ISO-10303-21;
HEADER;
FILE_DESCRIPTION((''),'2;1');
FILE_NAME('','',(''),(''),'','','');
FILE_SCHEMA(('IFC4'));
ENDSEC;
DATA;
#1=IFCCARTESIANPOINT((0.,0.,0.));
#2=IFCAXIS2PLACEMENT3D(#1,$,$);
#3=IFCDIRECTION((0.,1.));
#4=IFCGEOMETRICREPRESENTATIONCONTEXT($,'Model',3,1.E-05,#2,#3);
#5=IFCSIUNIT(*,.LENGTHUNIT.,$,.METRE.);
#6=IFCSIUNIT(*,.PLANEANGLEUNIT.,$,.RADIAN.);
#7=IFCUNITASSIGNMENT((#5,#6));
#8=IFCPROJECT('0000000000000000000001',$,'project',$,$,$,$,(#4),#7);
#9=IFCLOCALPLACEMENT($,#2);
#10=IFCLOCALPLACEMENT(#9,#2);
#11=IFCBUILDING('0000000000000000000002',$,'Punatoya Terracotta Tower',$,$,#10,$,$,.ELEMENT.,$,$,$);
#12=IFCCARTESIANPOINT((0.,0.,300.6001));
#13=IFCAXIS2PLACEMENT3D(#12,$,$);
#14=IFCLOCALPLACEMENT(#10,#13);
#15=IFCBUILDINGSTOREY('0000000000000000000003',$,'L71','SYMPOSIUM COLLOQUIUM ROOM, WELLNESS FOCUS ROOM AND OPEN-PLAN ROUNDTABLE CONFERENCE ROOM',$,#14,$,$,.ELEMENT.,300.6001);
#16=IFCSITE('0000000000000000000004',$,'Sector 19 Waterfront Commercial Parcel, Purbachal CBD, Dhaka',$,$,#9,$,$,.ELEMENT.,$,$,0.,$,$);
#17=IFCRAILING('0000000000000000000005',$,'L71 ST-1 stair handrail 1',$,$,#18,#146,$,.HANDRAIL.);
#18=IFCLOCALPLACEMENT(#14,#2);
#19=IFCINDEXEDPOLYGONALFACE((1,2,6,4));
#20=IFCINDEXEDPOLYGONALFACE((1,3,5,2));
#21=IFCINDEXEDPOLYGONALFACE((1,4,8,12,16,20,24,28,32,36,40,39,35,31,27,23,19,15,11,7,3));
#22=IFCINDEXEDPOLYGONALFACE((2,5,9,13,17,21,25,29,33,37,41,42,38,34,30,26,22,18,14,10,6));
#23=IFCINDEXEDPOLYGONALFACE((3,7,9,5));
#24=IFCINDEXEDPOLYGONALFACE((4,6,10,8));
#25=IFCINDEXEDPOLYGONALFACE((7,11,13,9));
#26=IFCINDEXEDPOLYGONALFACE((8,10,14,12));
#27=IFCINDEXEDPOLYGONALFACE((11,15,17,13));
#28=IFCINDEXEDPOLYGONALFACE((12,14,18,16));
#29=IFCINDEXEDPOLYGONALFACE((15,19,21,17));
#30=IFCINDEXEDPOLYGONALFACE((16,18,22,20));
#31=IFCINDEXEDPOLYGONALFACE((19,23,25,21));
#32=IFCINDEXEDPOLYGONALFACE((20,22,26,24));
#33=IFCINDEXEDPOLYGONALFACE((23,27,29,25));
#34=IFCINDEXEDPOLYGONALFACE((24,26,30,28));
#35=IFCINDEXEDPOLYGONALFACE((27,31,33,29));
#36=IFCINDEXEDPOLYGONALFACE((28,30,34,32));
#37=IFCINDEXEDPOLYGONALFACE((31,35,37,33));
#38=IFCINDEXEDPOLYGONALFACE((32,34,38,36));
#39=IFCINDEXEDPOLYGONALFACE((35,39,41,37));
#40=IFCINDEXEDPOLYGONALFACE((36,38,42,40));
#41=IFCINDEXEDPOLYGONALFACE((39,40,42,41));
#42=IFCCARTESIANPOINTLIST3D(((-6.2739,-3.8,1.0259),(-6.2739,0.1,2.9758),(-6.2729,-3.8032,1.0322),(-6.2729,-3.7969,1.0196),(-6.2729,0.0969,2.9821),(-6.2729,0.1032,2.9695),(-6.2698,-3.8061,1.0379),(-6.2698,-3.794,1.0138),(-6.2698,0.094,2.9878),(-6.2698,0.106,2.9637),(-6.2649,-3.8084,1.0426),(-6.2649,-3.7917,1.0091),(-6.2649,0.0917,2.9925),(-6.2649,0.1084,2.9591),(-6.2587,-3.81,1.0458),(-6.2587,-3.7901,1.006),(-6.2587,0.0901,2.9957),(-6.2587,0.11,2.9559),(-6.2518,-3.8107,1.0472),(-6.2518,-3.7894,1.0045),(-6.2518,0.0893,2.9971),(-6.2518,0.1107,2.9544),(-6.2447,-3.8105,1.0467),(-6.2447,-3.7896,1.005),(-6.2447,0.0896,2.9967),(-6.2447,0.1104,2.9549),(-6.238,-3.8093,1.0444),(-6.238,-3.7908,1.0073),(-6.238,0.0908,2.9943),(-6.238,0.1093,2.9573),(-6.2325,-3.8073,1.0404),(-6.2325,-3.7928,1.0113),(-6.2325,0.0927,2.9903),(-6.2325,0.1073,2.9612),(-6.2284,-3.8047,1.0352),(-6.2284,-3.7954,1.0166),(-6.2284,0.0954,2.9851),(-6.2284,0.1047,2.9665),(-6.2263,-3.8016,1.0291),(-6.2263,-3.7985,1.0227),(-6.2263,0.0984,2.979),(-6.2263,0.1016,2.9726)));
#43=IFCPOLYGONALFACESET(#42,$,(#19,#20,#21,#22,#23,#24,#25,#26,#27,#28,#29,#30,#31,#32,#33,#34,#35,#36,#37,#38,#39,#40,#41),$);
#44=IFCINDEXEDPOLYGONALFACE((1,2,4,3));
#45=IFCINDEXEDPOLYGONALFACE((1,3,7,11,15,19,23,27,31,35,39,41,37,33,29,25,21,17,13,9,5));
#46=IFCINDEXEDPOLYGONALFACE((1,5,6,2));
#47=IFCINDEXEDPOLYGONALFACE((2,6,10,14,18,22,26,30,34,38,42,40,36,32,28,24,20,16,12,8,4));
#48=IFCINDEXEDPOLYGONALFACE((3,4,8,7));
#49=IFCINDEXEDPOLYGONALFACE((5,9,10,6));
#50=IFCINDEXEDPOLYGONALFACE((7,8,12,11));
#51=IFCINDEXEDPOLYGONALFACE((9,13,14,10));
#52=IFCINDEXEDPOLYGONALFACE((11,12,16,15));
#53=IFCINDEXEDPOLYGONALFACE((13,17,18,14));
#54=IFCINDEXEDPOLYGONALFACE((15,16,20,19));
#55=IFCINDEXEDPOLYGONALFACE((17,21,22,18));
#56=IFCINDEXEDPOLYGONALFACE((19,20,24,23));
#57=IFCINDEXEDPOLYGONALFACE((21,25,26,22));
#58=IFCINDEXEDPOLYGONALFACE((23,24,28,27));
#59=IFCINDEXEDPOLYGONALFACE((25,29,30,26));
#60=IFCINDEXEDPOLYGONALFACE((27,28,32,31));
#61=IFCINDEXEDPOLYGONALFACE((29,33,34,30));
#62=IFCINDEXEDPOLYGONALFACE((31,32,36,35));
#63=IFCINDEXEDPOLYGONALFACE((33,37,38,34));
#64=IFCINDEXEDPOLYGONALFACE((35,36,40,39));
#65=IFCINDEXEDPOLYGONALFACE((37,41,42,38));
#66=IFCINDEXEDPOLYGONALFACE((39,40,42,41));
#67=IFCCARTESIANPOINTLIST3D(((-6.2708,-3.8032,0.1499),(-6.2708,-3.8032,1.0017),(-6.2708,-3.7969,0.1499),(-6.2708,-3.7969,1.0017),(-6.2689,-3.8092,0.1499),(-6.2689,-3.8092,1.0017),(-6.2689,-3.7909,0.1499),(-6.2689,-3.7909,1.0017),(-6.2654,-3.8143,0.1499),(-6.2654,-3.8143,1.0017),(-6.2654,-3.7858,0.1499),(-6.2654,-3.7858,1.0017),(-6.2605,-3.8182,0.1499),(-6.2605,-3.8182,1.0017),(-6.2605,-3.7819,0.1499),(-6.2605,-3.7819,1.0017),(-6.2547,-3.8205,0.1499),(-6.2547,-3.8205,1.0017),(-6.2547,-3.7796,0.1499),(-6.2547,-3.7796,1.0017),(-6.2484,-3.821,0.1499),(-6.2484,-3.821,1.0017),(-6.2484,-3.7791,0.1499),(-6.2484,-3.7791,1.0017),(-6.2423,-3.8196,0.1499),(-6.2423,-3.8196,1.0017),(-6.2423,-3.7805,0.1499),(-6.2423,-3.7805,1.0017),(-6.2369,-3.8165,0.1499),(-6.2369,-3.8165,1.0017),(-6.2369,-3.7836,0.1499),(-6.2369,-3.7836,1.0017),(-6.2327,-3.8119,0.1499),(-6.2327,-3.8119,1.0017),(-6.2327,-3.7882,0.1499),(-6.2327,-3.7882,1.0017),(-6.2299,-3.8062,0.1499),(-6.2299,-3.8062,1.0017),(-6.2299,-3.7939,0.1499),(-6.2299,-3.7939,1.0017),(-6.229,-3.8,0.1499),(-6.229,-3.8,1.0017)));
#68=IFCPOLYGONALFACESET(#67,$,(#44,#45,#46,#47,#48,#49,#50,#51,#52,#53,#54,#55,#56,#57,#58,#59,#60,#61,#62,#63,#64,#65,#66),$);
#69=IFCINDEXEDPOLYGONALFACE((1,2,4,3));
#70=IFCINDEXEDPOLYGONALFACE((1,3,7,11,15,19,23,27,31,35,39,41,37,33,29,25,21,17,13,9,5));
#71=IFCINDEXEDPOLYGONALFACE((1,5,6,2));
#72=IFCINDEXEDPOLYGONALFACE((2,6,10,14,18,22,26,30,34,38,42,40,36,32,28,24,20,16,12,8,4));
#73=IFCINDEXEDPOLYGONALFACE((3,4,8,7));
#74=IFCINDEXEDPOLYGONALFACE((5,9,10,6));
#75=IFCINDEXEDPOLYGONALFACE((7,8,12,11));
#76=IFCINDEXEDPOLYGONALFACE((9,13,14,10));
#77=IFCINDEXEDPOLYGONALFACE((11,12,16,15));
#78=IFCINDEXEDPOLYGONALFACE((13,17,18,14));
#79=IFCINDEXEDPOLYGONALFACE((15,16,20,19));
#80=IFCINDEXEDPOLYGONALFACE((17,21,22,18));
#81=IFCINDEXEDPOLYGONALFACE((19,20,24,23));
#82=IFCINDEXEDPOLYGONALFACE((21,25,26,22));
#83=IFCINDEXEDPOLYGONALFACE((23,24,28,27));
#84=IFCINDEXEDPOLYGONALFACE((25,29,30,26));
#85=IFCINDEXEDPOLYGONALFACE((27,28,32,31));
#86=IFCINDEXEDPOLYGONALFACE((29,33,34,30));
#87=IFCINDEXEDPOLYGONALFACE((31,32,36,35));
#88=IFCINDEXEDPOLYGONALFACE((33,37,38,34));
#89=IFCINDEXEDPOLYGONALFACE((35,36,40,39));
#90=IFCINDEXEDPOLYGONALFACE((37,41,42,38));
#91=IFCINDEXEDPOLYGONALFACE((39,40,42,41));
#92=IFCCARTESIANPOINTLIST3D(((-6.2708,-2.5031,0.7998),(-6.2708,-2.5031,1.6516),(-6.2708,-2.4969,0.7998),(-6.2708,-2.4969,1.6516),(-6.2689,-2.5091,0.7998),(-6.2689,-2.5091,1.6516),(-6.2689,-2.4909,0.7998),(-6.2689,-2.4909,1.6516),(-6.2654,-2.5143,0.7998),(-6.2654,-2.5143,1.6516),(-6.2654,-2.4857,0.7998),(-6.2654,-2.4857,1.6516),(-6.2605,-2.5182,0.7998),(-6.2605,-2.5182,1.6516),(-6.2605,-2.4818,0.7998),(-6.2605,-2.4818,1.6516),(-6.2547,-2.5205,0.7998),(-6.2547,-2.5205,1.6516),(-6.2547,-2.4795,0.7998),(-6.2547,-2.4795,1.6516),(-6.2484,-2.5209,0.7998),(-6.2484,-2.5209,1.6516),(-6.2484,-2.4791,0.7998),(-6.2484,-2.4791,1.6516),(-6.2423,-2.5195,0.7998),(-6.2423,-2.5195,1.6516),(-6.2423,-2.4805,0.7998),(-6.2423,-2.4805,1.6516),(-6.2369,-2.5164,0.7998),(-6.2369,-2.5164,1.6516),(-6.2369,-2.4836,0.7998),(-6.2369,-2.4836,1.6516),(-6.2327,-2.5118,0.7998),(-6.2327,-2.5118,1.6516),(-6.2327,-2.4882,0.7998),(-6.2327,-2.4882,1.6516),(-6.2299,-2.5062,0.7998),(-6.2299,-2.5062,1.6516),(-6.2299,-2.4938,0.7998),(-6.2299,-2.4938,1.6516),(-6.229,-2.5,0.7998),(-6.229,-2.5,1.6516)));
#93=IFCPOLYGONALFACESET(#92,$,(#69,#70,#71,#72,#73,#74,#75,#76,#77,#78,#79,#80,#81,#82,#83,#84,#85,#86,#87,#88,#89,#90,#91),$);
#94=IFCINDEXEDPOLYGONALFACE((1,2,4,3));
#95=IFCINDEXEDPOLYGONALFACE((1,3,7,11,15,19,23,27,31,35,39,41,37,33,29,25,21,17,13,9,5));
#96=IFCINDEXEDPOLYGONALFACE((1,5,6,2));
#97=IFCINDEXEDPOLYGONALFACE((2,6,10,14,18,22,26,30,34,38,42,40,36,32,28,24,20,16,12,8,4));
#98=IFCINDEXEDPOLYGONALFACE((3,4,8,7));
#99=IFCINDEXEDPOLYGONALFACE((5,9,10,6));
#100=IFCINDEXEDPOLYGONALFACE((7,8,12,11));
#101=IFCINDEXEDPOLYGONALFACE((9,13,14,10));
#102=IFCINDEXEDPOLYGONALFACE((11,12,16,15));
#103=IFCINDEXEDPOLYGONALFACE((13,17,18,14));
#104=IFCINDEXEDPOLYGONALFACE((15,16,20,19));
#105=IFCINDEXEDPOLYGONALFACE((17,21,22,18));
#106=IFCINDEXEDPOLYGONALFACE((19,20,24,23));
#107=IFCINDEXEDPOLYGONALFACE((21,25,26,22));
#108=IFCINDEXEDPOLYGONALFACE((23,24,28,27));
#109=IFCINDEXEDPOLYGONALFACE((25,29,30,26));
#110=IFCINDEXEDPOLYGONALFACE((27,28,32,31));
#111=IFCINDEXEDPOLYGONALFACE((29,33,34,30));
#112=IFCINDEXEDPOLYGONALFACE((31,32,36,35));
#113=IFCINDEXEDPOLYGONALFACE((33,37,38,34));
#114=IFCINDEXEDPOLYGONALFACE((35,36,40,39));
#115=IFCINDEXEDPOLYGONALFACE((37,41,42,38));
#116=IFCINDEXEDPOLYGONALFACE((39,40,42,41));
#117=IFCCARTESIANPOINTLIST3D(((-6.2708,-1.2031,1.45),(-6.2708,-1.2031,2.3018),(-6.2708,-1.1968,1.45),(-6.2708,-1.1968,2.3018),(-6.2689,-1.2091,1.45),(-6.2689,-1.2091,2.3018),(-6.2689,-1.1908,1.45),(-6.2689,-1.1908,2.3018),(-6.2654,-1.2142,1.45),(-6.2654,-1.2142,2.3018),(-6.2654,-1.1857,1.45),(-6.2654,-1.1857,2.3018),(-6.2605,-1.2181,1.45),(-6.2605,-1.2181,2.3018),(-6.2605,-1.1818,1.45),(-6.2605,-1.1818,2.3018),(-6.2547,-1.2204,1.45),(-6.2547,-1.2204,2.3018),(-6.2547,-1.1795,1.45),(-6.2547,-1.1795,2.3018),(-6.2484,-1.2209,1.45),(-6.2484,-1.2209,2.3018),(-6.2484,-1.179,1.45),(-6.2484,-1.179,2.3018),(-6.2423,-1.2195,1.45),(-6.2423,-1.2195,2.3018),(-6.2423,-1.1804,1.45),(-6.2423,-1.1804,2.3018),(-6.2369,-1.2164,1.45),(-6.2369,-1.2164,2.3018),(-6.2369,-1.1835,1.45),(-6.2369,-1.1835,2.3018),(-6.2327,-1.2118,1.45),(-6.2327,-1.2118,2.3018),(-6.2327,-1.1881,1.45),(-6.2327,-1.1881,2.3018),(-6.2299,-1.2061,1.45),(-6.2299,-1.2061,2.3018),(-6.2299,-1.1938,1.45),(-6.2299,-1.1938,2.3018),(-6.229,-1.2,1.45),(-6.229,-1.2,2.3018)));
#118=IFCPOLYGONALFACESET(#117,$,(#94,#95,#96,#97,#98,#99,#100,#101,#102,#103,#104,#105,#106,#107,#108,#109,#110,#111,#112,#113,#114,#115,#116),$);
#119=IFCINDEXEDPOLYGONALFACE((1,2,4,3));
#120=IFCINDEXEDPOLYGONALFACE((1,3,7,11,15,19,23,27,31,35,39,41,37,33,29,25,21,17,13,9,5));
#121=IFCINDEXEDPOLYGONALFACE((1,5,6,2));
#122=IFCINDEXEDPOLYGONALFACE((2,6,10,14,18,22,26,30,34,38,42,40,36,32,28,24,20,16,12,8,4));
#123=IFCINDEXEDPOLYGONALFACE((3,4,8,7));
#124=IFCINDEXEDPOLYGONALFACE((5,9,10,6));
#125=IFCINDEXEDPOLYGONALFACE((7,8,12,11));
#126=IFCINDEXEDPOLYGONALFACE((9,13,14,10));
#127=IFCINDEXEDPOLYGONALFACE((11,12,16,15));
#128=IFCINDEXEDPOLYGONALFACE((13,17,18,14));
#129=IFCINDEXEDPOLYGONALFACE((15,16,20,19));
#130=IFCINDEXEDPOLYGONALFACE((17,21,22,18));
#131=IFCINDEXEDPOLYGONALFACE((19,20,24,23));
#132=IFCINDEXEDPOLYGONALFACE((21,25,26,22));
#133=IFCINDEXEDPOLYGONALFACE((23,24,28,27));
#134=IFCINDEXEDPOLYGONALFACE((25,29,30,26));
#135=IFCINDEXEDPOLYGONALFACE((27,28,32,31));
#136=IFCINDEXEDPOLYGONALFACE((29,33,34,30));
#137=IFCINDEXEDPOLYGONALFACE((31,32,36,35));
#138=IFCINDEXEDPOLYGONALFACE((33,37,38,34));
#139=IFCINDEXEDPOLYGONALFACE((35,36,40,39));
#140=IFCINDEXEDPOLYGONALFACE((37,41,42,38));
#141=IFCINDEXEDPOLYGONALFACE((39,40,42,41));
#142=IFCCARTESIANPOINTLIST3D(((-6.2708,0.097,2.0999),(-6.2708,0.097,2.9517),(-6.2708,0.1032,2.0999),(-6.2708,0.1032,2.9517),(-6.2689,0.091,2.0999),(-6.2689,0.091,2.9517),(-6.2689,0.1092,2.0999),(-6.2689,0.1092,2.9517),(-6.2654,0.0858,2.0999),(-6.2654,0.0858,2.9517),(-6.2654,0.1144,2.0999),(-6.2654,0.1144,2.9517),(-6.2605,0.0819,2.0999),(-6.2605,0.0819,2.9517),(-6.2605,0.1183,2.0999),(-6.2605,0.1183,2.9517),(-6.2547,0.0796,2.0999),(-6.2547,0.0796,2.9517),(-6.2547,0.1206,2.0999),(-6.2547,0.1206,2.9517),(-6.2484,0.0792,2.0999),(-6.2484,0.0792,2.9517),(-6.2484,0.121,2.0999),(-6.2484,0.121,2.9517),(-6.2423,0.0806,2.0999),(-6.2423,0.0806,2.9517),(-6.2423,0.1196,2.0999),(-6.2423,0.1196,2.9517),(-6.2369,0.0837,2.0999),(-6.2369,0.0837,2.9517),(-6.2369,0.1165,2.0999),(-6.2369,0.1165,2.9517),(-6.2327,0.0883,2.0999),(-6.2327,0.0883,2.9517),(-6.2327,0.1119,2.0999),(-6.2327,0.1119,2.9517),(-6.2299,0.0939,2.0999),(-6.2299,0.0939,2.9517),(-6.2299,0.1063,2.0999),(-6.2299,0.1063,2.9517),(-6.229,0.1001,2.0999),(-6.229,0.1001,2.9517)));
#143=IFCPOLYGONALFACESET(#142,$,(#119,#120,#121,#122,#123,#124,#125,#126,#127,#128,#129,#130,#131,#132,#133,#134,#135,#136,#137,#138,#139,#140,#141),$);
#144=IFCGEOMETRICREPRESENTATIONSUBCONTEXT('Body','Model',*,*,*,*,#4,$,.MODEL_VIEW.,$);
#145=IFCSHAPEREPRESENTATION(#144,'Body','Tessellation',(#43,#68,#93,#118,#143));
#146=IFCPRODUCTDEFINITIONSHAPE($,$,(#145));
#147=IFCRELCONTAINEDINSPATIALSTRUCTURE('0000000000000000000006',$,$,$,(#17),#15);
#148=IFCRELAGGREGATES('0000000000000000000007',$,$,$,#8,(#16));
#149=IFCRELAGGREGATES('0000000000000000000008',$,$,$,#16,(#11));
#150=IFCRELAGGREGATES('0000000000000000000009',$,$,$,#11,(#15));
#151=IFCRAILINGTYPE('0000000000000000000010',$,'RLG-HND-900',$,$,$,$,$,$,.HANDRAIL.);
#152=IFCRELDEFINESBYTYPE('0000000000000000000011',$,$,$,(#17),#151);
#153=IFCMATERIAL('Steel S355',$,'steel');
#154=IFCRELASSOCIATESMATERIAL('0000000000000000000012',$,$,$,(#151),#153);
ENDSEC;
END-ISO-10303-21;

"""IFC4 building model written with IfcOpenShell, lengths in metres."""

from ifc_helpers import new_model, si_unit, direction, frame, origin, origin_2d, place, context, subcontext, project, spatial, circle, extrude, material, type_object, element, save


model = new_model("IFC4")

# Units and contexts
model_context = context("Model", 3, precision=1e-05, world=origin(), true_north=direction((0.0, 1.0)))
body_context = subcontext(model_context, "Body", "Model", "MODEL_VIEW")
ifc_project = project(units=[si_unit("LENGTHUNIT", "METRE"), si_unit("PLANEANGLEUNIT", "RADIAN")], contexts=[model_context])

# Site, building, storey
site_placement = place(None, origin())
site = spatial("IfcSite", under=ifc_project, at=site_placement, Name="Sector 19 Waterfront Commercial Parcel, Purbachal CBD, Dhaka", CompositionType="ELEMENT", RefElevation=0.0)
building_placement = place(site_placement, origin())
building = spatial("IfcBuilding", under=site, at=building_placement, Name="Punatoya Terracotta Tower", CompositionType="ELEMENT")
storey_placement = place(building_placement, frame((0.0, 0.0, 300.6001)))
storey = spatial("IfcBuildingStorey", under=building, at=storey_placement, Name="L71", Description="SYMPOSIUM COLLOQUIUM ROOM, WELLNESS FOCUS ROOM AND OPEN-PLAN ROUNDTABLE CONFERENCE ROOM", CompositionType="ELEMENT", Elevation=300.6001)

# Shared definitions
ifc_material_1 = material(Name="Steel S355", Category="steel")

# Railing
railing_type_1 = type_object("IfcRailingType", Name="RLG-HND-900", PredefinedType="HANDRAIL", material=ifc_material_1)
railing_1_placement = place(storey_placement, frame((-6.25, -3.8, 0.1499)))
element("IfcRailing", 1, at=railing_1_placement, inside=storey, type_object=railing_type_1, Name="L71 ST-1 stair handrail 1", PredefinedType="HANDRAIL", context=body_context, shape_type="SweptSolid", body=[
    extrude(circle(Radius=0.0239, at=origin_2d()), frame((0.0, 0.0, 0.876), z_axis=(0.0, 0.894438, 0.447191), x_axis=(-1.0, 0.0, 0.0)), (0.0, 0.0, 1.0), 4.3604),
    extrude(circle(Radius=0.021, at=origin_2d()), origin(), (0.0, 0.0, 1.0), 0.8518),
    extrude(circle(Radius=0.021, at=origin_2d()), frame((0.0, 1.3, 0.6499)), (0.0, 0.0, 1.0), 0.8518),
    extrude(circle(Radius=0.021, at=origin_2d()), frame((0.0, 2.6001, 1.3)), (0.0, 0.0, 1.0), 0.8518),
    extrude(circle(Radius=0.021, at=origin_2d()), frame((0.0, 3.9001, 1.95)), (0.0, 0.0, 1.0), 0.8518),
])

save(model, "model.ifc")
